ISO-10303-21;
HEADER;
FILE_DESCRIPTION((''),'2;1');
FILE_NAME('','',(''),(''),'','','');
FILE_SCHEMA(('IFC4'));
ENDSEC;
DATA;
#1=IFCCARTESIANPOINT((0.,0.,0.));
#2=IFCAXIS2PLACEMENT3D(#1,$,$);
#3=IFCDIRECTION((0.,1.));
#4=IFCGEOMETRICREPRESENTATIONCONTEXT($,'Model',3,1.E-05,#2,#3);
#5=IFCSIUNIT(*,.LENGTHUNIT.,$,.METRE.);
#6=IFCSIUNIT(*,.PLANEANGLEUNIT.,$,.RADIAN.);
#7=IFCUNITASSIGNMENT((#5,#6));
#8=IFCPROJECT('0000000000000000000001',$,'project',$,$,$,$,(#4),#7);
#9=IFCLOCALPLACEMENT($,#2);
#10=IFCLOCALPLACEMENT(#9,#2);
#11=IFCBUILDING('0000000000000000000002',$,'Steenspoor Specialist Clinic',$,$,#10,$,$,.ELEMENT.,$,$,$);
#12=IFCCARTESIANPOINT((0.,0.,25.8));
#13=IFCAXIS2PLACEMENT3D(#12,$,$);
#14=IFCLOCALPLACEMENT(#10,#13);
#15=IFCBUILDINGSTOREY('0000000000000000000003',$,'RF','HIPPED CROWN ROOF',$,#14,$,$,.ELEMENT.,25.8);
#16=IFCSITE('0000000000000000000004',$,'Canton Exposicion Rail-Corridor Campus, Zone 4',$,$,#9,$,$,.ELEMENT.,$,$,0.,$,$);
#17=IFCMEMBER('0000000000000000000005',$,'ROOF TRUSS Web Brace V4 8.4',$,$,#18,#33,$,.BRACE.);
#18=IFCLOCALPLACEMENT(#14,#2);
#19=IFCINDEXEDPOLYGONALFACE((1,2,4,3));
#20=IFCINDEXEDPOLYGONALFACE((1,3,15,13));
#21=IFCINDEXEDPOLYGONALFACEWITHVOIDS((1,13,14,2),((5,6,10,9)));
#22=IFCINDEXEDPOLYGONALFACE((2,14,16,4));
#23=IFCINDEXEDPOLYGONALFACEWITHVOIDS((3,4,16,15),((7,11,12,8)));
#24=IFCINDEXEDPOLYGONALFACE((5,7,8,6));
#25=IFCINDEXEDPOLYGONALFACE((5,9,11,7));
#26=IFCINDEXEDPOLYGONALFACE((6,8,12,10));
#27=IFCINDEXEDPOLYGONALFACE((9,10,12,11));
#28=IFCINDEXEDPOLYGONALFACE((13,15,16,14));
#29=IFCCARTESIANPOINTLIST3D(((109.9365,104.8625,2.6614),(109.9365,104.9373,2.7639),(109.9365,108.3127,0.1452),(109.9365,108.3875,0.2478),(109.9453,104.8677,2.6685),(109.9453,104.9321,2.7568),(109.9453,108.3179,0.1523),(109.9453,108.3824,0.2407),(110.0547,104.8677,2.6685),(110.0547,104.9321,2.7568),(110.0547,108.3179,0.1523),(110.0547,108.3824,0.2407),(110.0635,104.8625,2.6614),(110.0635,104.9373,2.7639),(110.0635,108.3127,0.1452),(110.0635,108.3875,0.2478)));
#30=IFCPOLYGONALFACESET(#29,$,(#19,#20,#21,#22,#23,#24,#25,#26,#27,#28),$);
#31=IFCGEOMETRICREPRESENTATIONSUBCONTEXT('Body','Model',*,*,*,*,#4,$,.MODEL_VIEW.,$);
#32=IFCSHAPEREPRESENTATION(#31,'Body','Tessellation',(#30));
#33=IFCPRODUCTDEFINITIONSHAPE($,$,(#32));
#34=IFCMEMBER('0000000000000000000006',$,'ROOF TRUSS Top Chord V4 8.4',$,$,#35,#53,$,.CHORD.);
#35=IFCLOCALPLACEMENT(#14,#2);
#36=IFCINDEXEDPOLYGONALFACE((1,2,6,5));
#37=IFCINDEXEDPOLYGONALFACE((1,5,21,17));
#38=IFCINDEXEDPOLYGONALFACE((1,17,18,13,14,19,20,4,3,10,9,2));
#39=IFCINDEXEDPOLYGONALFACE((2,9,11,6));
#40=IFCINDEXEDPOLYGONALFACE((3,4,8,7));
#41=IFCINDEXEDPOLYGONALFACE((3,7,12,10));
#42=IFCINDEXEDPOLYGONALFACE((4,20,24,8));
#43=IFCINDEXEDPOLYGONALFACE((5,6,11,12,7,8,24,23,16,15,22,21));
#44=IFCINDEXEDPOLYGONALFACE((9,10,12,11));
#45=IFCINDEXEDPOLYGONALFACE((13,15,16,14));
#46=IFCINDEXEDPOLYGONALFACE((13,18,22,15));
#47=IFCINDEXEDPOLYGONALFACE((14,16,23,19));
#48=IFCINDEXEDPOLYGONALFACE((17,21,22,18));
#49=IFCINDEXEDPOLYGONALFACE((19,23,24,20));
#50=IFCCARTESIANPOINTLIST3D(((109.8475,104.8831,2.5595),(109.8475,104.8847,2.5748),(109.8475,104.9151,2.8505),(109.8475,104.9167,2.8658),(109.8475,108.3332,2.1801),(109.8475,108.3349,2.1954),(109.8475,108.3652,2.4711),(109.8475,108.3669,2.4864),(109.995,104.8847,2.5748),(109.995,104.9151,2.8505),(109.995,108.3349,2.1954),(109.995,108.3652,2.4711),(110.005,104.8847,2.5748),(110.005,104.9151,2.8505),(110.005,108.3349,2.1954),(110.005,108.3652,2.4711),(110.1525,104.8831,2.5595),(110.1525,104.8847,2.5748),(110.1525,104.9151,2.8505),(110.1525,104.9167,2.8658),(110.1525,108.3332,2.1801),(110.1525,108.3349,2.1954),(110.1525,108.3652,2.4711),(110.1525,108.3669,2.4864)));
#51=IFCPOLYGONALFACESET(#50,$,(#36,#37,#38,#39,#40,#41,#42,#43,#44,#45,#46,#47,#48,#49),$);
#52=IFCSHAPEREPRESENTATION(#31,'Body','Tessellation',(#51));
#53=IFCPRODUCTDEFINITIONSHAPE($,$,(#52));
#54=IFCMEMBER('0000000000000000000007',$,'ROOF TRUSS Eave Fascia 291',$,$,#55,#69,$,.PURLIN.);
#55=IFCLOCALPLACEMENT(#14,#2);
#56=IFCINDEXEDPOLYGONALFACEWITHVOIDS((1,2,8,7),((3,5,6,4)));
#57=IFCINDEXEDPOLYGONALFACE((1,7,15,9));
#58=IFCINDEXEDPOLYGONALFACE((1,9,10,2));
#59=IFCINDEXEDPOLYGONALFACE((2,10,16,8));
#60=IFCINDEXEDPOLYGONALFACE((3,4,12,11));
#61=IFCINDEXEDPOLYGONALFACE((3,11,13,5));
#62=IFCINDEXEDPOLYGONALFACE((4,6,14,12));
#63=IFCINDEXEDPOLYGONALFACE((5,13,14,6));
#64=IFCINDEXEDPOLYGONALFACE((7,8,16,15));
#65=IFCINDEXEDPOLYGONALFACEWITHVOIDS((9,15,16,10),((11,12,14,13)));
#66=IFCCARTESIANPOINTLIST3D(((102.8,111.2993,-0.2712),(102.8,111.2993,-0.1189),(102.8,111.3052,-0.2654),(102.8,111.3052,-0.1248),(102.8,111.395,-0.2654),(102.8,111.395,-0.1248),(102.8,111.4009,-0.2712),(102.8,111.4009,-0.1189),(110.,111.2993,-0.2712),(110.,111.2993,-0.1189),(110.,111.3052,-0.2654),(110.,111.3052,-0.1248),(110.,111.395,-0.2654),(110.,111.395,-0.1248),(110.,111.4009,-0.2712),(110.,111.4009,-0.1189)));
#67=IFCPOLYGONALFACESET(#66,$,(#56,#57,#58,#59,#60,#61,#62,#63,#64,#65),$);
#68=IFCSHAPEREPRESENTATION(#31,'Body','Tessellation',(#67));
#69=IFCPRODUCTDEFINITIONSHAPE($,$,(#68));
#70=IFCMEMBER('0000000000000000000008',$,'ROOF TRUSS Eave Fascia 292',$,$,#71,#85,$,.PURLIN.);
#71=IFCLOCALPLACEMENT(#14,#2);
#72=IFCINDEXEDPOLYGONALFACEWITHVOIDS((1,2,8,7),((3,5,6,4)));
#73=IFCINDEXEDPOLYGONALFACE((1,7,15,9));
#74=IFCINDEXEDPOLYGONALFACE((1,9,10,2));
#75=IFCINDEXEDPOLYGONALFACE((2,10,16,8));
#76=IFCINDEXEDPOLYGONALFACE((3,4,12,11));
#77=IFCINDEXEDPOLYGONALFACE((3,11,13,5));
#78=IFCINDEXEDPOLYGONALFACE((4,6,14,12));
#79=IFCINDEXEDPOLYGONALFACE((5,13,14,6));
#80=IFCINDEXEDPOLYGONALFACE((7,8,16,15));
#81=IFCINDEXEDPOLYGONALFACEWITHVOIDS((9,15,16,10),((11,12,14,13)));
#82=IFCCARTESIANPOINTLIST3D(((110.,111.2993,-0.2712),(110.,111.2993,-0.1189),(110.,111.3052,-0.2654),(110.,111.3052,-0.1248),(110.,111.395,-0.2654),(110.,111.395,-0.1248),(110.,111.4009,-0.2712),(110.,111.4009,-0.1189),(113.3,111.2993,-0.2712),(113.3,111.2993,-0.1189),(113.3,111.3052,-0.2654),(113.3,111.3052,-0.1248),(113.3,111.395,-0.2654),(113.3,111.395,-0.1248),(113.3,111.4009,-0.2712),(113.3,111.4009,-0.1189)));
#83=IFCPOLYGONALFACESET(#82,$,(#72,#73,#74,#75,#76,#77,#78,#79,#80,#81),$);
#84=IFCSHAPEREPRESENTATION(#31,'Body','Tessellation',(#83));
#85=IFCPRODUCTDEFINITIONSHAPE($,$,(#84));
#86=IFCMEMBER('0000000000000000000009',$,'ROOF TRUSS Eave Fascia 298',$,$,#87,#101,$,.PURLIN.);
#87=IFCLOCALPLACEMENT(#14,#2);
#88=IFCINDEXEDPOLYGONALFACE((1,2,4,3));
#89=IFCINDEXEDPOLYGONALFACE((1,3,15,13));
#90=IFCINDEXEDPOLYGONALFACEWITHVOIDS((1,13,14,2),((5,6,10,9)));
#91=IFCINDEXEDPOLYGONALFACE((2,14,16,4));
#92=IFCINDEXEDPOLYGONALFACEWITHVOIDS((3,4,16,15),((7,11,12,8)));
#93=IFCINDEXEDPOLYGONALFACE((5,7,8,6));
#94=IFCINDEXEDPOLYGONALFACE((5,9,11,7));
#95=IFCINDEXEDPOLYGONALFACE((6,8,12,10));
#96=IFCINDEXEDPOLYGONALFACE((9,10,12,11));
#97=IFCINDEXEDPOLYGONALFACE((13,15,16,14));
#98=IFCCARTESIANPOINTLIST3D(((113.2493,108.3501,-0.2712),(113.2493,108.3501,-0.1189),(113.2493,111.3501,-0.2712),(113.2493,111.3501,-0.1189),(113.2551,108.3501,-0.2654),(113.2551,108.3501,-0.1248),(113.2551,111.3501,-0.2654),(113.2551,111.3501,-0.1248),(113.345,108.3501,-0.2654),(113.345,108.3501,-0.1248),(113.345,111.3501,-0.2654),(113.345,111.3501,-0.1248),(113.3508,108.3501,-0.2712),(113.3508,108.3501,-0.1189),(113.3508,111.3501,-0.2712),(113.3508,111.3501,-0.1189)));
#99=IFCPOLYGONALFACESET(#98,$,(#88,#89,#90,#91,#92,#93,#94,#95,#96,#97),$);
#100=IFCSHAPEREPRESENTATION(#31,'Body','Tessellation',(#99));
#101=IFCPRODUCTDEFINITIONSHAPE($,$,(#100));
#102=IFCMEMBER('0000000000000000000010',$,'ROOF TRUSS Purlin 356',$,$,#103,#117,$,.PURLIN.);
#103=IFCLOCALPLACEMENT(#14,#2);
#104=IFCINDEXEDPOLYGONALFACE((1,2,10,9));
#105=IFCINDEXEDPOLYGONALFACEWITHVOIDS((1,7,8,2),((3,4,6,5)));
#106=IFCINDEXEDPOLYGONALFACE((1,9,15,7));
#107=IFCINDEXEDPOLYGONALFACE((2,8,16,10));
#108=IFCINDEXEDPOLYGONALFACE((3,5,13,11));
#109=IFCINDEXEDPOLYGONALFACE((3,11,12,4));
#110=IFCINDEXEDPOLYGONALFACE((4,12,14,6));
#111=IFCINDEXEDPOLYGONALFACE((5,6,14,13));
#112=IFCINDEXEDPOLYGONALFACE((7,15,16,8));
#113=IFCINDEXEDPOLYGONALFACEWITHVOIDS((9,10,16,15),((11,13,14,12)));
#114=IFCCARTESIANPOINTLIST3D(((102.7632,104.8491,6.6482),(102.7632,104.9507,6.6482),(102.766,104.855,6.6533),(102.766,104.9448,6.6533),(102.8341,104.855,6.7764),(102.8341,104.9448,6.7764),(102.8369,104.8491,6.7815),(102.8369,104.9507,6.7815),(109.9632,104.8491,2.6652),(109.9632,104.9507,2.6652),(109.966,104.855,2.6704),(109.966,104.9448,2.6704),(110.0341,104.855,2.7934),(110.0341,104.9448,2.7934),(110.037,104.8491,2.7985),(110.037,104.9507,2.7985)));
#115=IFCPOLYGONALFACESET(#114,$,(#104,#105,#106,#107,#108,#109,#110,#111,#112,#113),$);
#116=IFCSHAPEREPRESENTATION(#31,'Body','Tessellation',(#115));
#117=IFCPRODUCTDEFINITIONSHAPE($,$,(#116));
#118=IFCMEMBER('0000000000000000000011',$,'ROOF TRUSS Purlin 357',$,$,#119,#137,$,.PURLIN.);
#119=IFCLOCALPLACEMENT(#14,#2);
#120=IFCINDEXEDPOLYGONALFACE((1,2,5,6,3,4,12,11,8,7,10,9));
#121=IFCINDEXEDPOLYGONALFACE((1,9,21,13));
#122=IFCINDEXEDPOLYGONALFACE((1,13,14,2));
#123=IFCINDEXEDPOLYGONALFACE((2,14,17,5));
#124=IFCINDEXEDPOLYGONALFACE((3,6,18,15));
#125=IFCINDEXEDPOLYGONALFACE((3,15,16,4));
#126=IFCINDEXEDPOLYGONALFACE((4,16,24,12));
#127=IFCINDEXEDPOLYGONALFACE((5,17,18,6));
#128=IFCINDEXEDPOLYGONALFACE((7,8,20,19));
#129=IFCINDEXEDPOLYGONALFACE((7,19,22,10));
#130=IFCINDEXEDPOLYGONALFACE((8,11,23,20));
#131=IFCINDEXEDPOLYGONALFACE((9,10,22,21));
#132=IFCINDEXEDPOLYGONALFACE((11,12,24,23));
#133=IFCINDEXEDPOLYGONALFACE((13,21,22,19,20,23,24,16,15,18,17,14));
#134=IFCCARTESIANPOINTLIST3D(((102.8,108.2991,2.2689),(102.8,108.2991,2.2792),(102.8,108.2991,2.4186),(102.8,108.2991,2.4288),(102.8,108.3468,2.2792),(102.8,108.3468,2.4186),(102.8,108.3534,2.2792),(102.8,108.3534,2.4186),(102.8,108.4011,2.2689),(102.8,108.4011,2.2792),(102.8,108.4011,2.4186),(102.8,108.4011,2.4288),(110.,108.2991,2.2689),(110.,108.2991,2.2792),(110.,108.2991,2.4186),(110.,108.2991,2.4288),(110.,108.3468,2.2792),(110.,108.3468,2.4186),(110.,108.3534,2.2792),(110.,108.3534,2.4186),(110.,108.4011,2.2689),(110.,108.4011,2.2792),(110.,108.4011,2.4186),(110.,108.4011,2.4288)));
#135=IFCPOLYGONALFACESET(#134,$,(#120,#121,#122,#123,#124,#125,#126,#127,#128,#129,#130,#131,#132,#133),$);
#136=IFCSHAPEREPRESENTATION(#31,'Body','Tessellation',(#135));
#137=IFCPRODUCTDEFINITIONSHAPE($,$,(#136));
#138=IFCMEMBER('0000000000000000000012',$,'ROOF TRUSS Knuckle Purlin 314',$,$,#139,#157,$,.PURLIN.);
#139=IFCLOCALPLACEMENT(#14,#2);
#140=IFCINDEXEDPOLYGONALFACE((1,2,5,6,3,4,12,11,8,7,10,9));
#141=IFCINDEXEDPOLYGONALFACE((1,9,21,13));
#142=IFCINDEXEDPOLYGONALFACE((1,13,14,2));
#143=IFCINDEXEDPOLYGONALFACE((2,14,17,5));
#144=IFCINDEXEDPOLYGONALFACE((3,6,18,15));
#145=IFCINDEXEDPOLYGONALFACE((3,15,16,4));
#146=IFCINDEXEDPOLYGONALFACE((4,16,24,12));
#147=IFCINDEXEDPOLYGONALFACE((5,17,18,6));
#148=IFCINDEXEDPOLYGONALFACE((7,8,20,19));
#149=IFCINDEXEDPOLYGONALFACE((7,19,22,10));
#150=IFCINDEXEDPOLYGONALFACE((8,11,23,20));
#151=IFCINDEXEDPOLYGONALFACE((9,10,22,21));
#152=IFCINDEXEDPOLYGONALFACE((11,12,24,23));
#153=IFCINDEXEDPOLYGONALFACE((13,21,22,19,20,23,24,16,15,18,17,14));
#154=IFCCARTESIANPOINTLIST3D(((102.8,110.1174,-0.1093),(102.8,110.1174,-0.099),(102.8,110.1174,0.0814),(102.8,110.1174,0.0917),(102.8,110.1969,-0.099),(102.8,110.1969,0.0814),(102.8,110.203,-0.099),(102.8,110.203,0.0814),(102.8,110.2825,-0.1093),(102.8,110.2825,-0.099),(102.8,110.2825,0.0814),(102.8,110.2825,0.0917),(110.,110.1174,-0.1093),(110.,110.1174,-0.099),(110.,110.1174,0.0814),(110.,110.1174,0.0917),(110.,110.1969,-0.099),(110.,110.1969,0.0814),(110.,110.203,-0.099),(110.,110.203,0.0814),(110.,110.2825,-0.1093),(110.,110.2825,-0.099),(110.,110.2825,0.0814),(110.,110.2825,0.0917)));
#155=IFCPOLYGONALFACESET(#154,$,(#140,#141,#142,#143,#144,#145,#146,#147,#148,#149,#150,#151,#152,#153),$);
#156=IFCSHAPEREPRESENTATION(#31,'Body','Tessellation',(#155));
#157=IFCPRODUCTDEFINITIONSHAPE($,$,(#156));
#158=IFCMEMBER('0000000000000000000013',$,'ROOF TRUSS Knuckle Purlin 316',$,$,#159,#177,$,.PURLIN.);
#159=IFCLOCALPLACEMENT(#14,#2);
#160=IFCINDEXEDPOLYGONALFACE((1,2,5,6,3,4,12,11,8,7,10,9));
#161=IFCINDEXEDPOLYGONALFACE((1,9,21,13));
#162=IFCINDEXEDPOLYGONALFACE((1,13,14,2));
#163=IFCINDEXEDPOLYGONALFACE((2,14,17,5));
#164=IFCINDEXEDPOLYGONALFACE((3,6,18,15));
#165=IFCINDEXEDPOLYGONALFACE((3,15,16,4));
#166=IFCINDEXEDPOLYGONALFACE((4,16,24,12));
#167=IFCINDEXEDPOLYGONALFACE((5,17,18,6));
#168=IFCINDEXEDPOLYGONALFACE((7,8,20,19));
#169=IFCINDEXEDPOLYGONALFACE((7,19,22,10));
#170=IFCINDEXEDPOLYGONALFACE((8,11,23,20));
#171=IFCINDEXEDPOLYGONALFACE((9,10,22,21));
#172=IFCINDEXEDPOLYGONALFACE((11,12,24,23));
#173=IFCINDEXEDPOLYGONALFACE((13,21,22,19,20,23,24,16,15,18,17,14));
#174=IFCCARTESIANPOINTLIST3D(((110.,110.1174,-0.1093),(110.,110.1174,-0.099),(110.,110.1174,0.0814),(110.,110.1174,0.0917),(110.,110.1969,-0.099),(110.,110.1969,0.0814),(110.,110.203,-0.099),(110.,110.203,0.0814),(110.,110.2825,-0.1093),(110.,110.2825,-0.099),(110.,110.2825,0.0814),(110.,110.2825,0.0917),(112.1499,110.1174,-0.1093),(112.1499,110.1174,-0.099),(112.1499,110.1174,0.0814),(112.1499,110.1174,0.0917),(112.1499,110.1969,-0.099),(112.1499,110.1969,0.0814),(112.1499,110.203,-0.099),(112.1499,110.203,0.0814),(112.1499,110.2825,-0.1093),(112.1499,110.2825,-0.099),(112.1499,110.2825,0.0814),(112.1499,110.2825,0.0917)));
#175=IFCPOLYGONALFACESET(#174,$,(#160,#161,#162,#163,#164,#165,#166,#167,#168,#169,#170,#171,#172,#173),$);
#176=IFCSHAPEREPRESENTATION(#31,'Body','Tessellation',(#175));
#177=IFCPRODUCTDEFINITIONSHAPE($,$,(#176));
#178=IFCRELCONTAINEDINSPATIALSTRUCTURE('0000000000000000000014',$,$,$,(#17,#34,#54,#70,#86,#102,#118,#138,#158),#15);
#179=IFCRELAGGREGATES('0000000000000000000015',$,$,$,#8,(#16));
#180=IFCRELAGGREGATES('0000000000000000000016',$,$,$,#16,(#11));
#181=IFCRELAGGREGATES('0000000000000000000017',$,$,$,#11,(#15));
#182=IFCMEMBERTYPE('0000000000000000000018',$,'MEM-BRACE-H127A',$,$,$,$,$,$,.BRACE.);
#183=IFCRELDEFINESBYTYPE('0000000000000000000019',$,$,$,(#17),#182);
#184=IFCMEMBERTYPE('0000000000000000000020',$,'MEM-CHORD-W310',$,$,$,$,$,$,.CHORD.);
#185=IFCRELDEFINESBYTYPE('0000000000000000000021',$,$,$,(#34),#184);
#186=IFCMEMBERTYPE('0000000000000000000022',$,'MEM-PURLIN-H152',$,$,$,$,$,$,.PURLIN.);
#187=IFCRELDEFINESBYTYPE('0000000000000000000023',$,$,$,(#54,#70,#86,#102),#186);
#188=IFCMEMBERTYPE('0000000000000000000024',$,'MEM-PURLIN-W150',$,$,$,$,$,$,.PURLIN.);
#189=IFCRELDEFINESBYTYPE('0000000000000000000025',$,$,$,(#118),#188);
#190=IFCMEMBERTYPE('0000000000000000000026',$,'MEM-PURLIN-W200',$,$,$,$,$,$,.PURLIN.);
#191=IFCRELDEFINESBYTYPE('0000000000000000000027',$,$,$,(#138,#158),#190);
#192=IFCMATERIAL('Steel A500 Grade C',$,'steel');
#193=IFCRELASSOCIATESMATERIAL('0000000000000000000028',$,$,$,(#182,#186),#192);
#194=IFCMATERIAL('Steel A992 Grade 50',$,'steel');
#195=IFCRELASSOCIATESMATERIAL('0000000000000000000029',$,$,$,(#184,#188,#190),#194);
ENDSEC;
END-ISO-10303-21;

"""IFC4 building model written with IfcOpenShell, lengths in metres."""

from ifc_helpers import new_model, si_unit, direction, frame, origin, origin_2d, place, context, subcontext, project, spatial, hollow_rectangle, i_section, extrude, material, material_profile, profile_set, type_object, element, save


model = new_model("IFC4")

# Units and contexts
model_context = context("Model", 3, precision=1e-05, world=origin(), true_north=direction((0.0, 1.0)))
body_context = subcontext(model_context, "Body", "Model", "MODEL_VIEW")
ifc_project = project(units=[si_unit("LENGTHUNIT", "METRE"), si_unit("PLANEANGLEUNIT", "RADIAN")], contexts=[model_context])

# Site, building, storey
site_placement = place(None, origin())
site = spatial("IfcSite", under=ifc_project, at=site_placement, Name="Canton Exposicion Rail-Corridor Campus, Zone 4", CompositionType="ELEMENT", RefElevation=0.0)
building_placement = place(site_placement, origin())
building = spatial("IfcBuilding", under=site, at=building_placement, Name="Steenspoor Specialist Clinic", CompositionType="ELEMENT")
storey_placement = place(building_placement, frame((0.0, 0.0, 25.8)))
storey = spatial("IfcBuildingStorey", under=building, at=storey_placement, Name="RF", Description="HIPPED CROWN ROOF", CompositionType="ELEMENT", Elevation=25.8)

# Members
ifc_material_1 = material(Name="Steel A500 Grade C", Category="steel")
ifc_material_profile_1 = material_profile(ifc_material_1, hollow_rectangle(XDim=0.127, YDim=0.127, WallThickness=0.0088, at=origin_2d()), Name="HSS127X127X9.5")
ifc_profile_set_1 = profile_set([ifc_material_profile_1], Name="Steel A500 Grade C")
member_type_1 = type_object("IfcMemberType", Name="MEM-BRACE-H127A", PredefinedType="BRACE", material=ifc_profile_set_1)
member_1_placement = place(storey_placement, frame((110.0, 104.8999, 2.7126), z_axis=(0.0, 0.807969, -0.589225), x_axis=(-1.0, 0.0, 0.0)))
element("IfcMember", 1, at=member_1_placement, inside=storey, type_object=member_type_1, Name="ROOF TRUSS Web Brace V4 8.4", PredefinedType="BRACE", context=body_context, shape_type="SweptSolid", body=[
    extrude(hollow_rectangle(XDim=0.127, YDim=0.127, WallThickness=0.0088, at=origin_2d()), origin(), (0.0, 0.0, 1.0), 4.2703),
])
ifc_material_2 = material(Name="Steel A992 Grade 50", Category="steel")
ifc_material_profile_2 = material_profile(ifc_material_2, i_section(OverallWidth=0.3049, OverallDepth=0.3081, WebThickness=0.01, FlangeThickness=0.0154, at=origin_2d()), Name="W310X97")
ifc_profile_set_2 = profile_set([ifc_material_profile_2], Name="Steel A992 Grade 50")
member_type_2 = type_object("IfcMemberType", Name="MEM-CHORD-W310", PredefinedType="CHORD", material=ifc_profile_set_2)
member_2_placement = place(storey_placement, frame((110.0, 104.8999, 2.7126), z_axis=(0.0, 0.994008, -0.109304), x_axis=(-1.0, 0.0, 0.0)))
element("IfcMember", 2, at=member_2_placement, inside=storey, type_object=member_type_2, Name="ROOF TRUSS Top Chord V4 8.4", PredefinedType="CHORD", context=body_context, shape_type="SweptSolid", body=[
    extrude(i_section(OverallWidth=0.3049, OverallDepth=0.3081, WebThickness=0.01, FlangeThickness=0.0154, at=origin_2d()), origin(), (0.0, 0.0, 1.0), 3.4709),
])
ifc_material_profile_3 = material_profile(ifc_material_1, hollow_rectangle(XDim=0.1016, YDim=0.1523, WallThickness=0.0059, at=origin_2d()), Name="HSS152X102X6.4")
ifc_profile_set_3 = profile_set([ifc_material_profile_3], Name="Steel A500 Grade C")
member_type_3 = type_object("IfcMemberType", Name="MEM-PURLIN-H152", PredefinedType="PURLIN", material=ifc_profile_set_3)
member_3_placement = place(storey_placement, frame((102.8, 111.3501, -0.1951), z_axis=(1.0, 0.0, 0.0), x_axis=(0.0, 1.0, 0.0)))
element("IfcMember", 3, at=member_3_placement, inside=storey, type_object=member_type_3, Name="ROOF TRUSS Eave Fascia 291", PredefinedType="PURLIN", context=body_context, shape_type="SweptSolid", body=[
    extrude(hollow_rectangle(XDim=0.1016, YDim=0.1523, WallThickness=0.0059, at=origin_2d()), origin(), (0.0, 0.0, 1.0), 7.2),
])
member_4_placement = place(storey_placement, frame((110.0, 111.3501, -0.1951), z_axis=(1.0, 0.0, 0.0), x_axis=(0.0, 1.0, 0.0)))
element("IfcMember", 4, at=member_4_placement, inside=storey, type_object=member_type_3, Name="ROOF TRUSS Eave Fascia 292", PredefinedType="PURLIN", context=body_context, shape_type="SweptSolid", body=[
    extrude(hollow_rectangle(XDim=0.1016, YDim=0.1523, WallThickness=0.0059, at=origin_2d()), origin(), (0.0, 0.0, 1.0), 3.3),
])
member_5_placement = place(storey_placement, frame((113.3, 108.3501, -0.1951), z_axis=(0.0, 1.0, 0.0), x_axis=(-1.0, 0.0, 0.0)))
element("IfcMember", 5, at=member_5_placement, inside=storey, type_object=member_type_3, Name="ROOF TRUSS Eave Fascia 298", PredefinedType="PURLIN", context=body_context, shape_type="SweptSolid", body=[
    extrude(hollow_rectangle(XDim=0.1016, YDim=0.1523, WallThickness=0.0059, at=origin_2d()), origin(), (0.0, 0.0, 1.0), 3.0),
])
member_6_placement = place(storey_placement, frame((102.8, 104.8999, 6.7148), z_axis=(0.875036, 0.0, -0.484058), x_axis=(0.0, 1.0, 0.0)))
element("IfcMember", 6, at=member_6_placement, inside=storey, type_object=member_type_3, Name="ROOF TRUSS Purlin 356", PredefinedType="PURLIN", context=body_context, shape_type="SweptSolid", body=[
    extrude(hollow_rectangle(XDim=0.1016, YDim=0.1523, WallThickness=0.0059, at=origin_2d()), origin(), (0.0, 0.0, 1.0), 8.2283),
])
ifc_material_profile_4 = material_profile(ifc_material_2, i_section(OverallWidth=0.1021, OverallDepth=0.1599, WebThickness=0.0066, FlangeThickness=0.0103, at=origin_2d()), Name="W150X24")
ifc_profile_set_4 = profile_set([ifc_material_profile_4], Name="Steel A992 Grade 50")
member_type_4 = type_object("IfcMemberType", Name="MEM-PURLIN-W150", PredefinedType="PURLIN", material=ifc_profile_set_4)
member_7_placement = place(storey_placement, frame((102.8, 108.3501, 2.3489), z_axis=(1.0, 0.0, 0.0), x_axis=(0.0, 1.0, 0.0)))
element("IfcMember", 7, at=member_7_placement, inside=storey, type_object=member_type_4, Name="ROOF TRUSS Purlin 357", PredefinedType="PURLIN", context=body_context, shape_type="SweptSolid", body=[
    extrude(i_section(OverallWidth=0.1021, OverallDepth=0.1599, WebThickness=0.0066, FlangeThickness=0.0103, at=origin_2d()), origin(), (0.0, 0.0, 1.0), 7.2),
])
ifc_material_profile_5 = material_profile(ifc_material_2, i_section(OverallWidth=0.165, OverallDepth=0.2009, WebThickness=0.0061, FlangeThickness=0.0103, at=origin_2d()), Name="W200X36")
ifc_profile_set_5 = profile_set([ifc_material_profile_5], Name="Steel A992 Grade 50")
member_type_5 = type_object("IfcMemberType", Name="MEM-PURLIN-W200", PredefinedType="PURLIN", material=ifc_profile_set_5)
member_8_placement = place(storey_placement, frame((102.8, 110.2, -0.0088), z_axis=(1.0, 0.0, 0.0), x_axis=(0.0, 1.0, 0.0)))
element("IfcMember", 8, at=member_8_placement, inside=storey, type_object=member_type_5, Name="ROOF TRUSS Knuckle Purlin 314", PredefinedType="PURLIN", context=body_context, shape_type="SweptSolid", body=[
    extrude(i_section(OverallWidth=0.165, OverallDepth=0.2009, WebThickness=0.0061, FlangeThickness=0.0103, at=origin_2d()), origin(), (0.0, 0.0, 1.0), 7.2),
])
member_9_placement = place(storey_placement, frame((110.0, 110.2, -0.0088), z_axis=(1.0, 0.0, 0.0), x_axis=(0.0, 1.0, 0.0)))
element("IfcMember", 9, at=member_9_placement, inside=storey, type_object=member_type_5, Name="ROOF TRUSS Knuckle Purlin 316", PredefinedType="PURLIN", context=body_context, shape_type="SweptSolid", body=[
    extrude(i_section(OverallWidth=0.165, OverallDepth=0.2009, WebThickness=0.0061, FlangeThickness=0.0103, at=origin_2d()), origin(), (0.0, 0.0, 1.0), 2.1499),
])

save(model, "model.ifc")
